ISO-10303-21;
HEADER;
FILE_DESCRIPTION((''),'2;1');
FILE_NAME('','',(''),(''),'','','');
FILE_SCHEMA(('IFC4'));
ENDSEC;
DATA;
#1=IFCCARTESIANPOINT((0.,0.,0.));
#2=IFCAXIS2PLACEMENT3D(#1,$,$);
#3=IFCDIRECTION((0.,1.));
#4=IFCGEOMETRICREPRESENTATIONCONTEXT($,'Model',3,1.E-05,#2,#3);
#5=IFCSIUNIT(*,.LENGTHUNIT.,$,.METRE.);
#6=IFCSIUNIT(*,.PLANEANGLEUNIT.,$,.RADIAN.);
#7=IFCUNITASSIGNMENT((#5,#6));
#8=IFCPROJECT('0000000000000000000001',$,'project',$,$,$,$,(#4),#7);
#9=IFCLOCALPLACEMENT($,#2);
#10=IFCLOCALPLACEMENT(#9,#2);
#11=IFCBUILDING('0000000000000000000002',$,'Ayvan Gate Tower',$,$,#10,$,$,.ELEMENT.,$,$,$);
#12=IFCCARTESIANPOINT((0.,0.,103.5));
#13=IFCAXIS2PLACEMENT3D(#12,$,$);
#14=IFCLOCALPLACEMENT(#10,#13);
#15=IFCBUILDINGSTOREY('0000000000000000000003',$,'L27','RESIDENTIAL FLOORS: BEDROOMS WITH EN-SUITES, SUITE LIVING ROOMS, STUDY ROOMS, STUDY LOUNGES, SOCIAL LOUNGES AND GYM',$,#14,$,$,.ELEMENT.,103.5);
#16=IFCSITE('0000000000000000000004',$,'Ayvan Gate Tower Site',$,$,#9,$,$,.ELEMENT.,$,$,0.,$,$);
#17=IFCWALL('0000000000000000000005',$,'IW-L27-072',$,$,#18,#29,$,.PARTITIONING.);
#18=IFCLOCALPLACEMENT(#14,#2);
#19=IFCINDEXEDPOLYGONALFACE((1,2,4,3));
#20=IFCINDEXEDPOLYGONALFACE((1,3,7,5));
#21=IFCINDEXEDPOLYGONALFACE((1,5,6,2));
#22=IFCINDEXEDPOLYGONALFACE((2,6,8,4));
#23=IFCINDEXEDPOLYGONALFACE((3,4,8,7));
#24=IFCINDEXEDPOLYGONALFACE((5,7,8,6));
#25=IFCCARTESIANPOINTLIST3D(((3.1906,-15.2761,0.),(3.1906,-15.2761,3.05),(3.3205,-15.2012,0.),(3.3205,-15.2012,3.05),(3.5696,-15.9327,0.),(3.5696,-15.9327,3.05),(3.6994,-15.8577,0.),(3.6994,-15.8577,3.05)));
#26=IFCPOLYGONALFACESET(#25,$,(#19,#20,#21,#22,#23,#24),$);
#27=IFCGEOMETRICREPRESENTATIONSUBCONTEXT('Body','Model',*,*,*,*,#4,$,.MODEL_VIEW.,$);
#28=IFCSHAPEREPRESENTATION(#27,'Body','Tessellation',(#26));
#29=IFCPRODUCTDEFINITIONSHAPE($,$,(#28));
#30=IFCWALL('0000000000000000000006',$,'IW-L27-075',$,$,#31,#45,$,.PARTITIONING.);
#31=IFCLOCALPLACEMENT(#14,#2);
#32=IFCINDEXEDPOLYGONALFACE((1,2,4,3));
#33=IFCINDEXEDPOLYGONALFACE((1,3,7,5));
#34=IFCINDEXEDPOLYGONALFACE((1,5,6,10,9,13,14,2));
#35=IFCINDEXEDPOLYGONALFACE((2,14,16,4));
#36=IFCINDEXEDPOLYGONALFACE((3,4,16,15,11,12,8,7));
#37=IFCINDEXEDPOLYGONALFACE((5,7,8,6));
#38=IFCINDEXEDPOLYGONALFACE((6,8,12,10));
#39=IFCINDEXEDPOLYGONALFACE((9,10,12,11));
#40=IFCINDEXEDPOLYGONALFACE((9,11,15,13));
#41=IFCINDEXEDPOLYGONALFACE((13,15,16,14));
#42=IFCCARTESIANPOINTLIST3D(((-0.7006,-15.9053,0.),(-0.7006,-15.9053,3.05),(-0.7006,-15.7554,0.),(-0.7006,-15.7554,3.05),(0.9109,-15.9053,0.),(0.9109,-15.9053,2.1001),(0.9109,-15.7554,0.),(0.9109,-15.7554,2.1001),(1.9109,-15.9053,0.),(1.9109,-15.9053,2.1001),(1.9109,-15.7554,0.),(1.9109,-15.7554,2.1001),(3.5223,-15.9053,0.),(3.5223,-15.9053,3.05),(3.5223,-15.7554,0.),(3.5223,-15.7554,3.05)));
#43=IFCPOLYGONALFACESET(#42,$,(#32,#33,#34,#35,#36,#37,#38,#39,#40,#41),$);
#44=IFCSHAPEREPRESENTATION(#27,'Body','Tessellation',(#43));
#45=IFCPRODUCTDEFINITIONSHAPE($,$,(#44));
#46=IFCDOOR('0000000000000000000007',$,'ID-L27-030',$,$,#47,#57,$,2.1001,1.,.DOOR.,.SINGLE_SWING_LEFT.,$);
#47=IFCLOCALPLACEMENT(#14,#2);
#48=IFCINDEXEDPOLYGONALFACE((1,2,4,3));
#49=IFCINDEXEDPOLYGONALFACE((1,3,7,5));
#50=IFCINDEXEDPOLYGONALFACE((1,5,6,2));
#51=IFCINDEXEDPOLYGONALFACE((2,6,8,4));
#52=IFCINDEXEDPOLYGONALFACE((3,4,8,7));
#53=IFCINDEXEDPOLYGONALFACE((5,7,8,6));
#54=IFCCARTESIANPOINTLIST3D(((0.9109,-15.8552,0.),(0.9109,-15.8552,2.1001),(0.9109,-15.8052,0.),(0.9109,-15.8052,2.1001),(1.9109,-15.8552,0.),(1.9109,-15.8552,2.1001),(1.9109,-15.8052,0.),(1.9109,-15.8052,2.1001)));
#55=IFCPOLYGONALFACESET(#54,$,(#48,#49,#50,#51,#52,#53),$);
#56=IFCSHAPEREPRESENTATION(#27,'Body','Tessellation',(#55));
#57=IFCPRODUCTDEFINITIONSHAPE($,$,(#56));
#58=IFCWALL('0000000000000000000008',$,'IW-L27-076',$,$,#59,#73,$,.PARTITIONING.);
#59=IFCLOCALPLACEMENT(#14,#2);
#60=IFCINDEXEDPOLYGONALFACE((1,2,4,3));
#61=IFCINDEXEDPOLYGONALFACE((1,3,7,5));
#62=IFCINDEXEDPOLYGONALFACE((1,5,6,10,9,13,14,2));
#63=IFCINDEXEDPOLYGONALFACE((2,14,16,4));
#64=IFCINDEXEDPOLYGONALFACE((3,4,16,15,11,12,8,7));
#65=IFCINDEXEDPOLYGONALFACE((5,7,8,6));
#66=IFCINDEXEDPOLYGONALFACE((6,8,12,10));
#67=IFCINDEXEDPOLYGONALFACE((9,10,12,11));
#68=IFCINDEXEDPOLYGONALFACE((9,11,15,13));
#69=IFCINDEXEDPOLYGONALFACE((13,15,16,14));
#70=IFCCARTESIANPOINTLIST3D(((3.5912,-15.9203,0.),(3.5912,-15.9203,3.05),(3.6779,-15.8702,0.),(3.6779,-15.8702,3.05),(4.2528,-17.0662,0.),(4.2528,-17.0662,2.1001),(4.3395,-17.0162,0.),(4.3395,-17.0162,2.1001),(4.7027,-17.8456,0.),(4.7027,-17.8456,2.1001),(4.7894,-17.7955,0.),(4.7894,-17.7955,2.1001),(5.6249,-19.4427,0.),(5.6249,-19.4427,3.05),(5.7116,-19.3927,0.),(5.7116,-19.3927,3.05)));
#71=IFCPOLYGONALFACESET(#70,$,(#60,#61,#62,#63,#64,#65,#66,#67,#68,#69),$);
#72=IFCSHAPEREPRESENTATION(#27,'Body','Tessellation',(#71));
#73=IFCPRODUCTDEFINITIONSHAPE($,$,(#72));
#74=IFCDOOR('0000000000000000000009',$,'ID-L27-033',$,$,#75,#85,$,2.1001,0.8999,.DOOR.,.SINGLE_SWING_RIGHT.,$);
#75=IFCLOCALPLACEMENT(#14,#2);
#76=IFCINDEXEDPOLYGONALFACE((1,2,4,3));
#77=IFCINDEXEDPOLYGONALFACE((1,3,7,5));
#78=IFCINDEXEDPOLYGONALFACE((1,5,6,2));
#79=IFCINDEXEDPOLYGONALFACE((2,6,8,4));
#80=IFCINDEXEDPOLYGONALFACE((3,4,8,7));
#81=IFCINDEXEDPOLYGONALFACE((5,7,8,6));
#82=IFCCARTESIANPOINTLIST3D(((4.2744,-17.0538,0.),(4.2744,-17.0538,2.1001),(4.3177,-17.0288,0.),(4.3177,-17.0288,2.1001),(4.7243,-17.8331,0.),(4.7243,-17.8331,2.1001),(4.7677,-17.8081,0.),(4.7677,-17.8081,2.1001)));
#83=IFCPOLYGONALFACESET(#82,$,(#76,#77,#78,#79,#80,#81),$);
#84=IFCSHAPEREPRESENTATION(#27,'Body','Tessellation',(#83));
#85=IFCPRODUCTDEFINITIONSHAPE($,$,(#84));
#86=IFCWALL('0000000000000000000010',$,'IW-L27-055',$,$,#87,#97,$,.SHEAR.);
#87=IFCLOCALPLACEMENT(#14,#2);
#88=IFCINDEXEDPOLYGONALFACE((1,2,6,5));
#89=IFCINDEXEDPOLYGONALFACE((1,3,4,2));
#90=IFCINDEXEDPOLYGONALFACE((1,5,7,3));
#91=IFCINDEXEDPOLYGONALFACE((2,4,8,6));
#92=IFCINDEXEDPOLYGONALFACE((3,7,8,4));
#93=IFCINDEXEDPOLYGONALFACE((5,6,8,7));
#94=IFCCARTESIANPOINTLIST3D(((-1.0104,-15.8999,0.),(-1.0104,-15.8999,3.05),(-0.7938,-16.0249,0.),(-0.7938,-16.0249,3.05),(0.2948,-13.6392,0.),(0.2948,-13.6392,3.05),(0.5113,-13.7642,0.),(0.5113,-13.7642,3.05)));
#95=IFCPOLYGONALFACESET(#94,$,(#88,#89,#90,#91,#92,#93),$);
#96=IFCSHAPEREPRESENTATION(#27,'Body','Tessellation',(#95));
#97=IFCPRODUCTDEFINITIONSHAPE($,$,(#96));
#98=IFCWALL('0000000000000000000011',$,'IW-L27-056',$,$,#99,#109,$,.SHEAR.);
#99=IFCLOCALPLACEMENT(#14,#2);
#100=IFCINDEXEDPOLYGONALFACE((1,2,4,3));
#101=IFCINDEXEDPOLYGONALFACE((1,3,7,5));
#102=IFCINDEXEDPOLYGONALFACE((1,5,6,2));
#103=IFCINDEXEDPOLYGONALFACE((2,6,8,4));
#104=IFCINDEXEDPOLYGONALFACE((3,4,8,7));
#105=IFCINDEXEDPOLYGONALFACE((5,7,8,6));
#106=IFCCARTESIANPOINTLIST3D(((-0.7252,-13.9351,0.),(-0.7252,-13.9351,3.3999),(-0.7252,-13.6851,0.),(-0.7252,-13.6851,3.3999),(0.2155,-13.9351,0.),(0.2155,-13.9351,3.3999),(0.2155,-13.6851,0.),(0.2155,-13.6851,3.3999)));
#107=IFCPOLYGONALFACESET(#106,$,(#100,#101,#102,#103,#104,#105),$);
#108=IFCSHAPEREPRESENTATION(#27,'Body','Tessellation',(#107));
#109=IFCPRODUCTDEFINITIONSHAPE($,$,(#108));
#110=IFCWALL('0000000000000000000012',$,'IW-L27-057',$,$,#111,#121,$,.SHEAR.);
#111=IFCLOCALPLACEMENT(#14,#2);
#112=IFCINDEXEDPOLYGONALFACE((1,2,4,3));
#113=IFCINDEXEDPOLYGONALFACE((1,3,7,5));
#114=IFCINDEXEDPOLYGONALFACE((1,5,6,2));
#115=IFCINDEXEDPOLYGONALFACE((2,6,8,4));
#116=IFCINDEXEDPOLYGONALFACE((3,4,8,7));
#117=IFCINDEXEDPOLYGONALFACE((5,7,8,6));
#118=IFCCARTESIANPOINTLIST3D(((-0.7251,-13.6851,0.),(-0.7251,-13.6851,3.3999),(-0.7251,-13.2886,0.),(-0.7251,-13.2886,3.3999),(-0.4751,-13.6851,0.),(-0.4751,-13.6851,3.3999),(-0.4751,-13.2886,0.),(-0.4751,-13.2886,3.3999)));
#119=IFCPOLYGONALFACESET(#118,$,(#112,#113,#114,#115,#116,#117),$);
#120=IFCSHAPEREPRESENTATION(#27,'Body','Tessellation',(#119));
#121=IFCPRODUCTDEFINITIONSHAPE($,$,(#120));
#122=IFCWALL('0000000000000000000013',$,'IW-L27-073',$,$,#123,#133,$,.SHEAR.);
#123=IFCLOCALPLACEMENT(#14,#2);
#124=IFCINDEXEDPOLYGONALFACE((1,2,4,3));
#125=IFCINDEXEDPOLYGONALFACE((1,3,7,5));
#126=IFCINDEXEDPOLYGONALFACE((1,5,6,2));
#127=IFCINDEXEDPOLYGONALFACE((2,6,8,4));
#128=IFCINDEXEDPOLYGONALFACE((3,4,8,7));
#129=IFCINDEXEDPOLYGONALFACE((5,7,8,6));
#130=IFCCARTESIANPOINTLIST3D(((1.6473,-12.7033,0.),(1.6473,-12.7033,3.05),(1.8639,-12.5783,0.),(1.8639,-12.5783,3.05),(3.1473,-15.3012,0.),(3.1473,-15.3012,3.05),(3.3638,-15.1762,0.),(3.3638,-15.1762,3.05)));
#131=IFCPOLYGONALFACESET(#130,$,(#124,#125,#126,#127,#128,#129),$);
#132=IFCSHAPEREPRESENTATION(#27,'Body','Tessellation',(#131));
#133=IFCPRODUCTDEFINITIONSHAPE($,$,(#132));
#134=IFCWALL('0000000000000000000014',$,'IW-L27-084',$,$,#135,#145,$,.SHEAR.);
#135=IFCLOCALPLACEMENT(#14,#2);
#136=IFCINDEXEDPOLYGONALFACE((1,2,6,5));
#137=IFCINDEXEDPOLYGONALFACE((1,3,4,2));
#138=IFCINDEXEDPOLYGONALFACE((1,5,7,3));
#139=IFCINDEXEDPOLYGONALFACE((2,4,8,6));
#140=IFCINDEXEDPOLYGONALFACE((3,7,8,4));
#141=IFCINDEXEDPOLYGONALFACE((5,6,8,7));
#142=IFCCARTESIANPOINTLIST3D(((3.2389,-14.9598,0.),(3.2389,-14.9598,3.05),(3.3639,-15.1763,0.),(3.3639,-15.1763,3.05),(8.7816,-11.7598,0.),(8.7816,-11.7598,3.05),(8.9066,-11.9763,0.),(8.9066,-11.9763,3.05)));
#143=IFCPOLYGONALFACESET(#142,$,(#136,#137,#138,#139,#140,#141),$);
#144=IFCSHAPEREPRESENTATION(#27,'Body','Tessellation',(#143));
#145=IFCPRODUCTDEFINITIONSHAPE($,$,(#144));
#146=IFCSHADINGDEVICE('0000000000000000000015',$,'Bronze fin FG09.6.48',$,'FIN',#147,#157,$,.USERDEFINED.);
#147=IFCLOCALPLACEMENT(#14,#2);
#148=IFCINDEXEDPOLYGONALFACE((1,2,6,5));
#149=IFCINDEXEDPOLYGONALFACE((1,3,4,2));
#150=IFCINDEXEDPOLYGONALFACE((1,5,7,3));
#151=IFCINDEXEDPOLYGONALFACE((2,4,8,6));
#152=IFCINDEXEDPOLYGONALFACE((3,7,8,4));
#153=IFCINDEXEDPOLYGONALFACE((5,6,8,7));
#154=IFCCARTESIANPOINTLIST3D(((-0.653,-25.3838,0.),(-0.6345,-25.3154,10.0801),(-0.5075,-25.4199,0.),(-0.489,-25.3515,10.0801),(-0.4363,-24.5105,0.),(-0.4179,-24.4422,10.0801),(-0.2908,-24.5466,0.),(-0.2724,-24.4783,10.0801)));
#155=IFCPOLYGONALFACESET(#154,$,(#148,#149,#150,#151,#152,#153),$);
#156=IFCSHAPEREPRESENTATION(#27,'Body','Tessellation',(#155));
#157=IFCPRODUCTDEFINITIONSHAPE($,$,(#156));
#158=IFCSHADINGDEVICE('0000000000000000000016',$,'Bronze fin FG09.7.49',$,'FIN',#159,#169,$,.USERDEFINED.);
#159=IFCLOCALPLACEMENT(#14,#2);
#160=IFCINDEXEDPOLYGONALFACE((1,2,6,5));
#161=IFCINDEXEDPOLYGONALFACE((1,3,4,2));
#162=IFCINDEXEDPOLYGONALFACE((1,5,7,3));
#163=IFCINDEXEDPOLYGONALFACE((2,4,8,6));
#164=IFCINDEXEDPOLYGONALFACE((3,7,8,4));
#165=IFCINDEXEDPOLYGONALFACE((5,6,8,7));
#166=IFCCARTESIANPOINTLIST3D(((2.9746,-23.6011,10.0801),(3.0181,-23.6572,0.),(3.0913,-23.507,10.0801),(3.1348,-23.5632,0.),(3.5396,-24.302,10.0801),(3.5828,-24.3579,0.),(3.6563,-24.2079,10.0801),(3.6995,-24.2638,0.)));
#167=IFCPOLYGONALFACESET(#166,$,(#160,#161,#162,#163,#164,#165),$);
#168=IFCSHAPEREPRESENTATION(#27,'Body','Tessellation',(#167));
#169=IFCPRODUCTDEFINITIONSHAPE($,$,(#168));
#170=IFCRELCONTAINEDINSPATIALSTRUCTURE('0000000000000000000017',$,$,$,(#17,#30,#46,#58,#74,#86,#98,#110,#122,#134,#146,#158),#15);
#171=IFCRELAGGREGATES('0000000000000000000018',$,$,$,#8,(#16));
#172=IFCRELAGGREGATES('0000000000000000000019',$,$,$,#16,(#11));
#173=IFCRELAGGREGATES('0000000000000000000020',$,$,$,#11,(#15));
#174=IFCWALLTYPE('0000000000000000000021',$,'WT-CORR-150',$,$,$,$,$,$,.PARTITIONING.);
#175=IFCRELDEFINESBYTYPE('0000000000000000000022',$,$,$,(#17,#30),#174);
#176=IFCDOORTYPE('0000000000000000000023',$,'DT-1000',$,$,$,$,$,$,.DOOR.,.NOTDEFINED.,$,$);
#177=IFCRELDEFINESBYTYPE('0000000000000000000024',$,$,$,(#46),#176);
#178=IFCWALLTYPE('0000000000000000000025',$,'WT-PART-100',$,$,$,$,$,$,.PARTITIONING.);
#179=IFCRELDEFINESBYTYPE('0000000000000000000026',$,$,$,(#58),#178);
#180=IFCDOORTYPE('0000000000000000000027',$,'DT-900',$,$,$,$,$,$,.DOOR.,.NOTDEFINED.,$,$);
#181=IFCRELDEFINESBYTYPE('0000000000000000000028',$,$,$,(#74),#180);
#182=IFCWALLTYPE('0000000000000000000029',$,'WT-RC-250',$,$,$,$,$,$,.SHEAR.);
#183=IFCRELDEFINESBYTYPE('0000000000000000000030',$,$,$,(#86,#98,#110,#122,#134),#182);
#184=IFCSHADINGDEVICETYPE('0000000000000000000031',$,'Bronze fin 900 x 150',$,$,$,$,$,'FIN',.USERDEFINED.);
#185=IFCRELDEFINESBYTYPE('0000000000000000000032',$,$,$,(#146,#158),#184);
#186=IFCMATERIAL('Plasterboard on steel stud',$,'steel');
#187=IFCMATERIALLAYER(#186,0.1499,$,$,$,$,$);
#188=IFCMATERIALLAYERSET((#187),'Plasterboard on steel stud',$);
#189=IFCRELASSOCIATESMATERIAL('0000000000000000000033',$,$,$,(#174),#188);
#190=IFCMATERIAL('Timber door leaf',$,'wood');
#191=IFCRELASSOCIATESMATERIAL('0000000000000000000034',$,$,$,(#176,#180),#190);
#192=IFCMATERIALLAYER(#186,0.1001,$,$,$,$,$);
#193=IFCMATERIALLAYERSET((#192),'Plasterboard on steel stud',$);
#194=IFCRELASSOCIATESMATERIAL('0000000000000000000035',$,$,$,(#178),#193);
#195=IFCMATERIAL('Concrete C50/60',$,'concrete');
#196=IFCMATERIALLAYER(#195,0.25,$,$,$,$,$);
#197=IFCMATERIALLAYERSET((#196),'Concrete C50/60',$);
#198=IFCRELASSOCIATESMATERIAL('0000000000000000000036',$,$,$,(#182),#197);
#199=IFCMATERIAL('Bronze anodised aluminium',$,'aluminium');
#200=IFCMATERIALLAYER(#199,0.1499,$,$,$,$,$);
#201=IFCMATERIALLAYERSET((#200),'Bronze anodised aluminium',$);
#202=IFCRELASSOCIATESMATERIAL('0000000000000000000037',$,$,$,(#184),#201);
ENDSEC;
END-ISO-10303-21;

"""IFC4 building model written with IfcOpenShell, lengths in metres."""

from ifc_helpers import new_model, si_unit, direction, frame, frame_2d, origin, place, context, subcontext, project, spatial, polyline, rectangle, outline, extrude, material, layer, layer_set, type_object, element, fill, save


model = new_model("IFC4")

# Units and contexts
model_context = context("Model", 3, precision=1e-05, world=origin(), true_north=direction((0.0, 1.0)))
body_context = subcontext(model_context, "Body", "Model", "MODEL_VIEW")
ifc_project = project(units=[si_unit("LENGTHUNIT", "METRE"), si_unit("PLANEANGLEUNIT", "RADIAN")], contexts=[model_context])

# Site, building, storey
site_placement = place(None, origin())
site = spatial("IfcSite", under=ifc_project, at=site_placement, Name="Ayvan Gate Tower Site", CompositionType="ELEMENT", RefElevation=0.0)
building_placement = place(site_placement, origin())
building = spatial("IfcBuilding", under=site, at=building_placement, Name="Ayvan Gate Tower", CompositionType="ELEMENT")
storey_placement = place(building_placement, frame((0.0, 0.0, 103.5)))
storey = spatial("IfcBuildingStorey", under=building, at=storey_placement, Name="L27", Description="RESIDENTIAL FLOORS: BEDROOMS WITH EN-SUITES, SUITE LIVING ROOMS, STUDY ROOMS, STUDY LOUNGES, SOCIAL LOUNGES AND GYM", CompositionType="ELEMENT", Elevation=103.5)

# Shared definitions
ifc_material_1 = material(Name="Bronze anodised aluminium", Category="aluminium")

# Wall
ifc_material_2 = material(Name="Plasterboard on steel stud", Category="steel")
ifc_layer_1 = layer(ifc_material_2, 0.1499)
ifc_layer_set_1 = layer_set([ifc_layer_1], Name="Plasterboard on steel stud")
wall_type_1 = type_object("IfcWallType", Name="WT-CORR-150", PredefinedType="PARTITIONING", material=ifc_layer_set_1)
wall_1_placement = place(storey_placement, frame((3.2556, -15.2388, 0.0), z_axis=(0.0, 0.0, 1.0), x_axis=(0.49988, -0.866094, 0.0)))
element("IfcWall", 1, at=wall_1_placement, inside=storey, type_object=wall_type_1, Name="IW-L27-072", PredefinedType="PARTITIONING", context=body_context, shape_type="SweptSolid", body=[
    extrude(rectangle(XDim=0.7581, YDim=0.1499, at=frame_2d((0.3789, 0.0))), origin(), (0.0, 0.0, 1.0), 3.05),
])

# Walls, openings, doors
wall_2_placement = place(storey_placement, frame((3.5222, -15.8303, 0.0), z_axis=(0.0, 0.0, 1.0), x_axis=(-1.0, 0.0, 0.0)))
wall_2 = element("IfcWall", 2, at=wall_2_placement, inside=storey, type_object=wall_type_1, Name="IW-L27-075", PredefinedType="PARTITIONING", context=body_context, shape_type="SweptSolid", body=[
    extrude(rectangle(XDim=4.2229, YDim=0.1499, at=frame_2d((2.1113, 0.0))), origin(), (0.0, 0.0, 1.0), 3.05),
])
opening_1_placement = place(wall_2_placement, frame((1.6113, 0.0, 0.0)))
opening_1 = element("IfcOpeningElement", 3, at=opening_1_placement, cuts=wall_2, PredefinedType="OPENING", context=body_context, shape_type="SweptSolid", body=[
    extrude(rectangle(XDim=1.0, YDim=2.1001, at=frame_2d((0.5, 1.05))), frame((0.0, 0.085, 0.0), z_axis=(0.0, -1.0, 0.0), x_axis=(1.0, 0.0, 0.0)), (0.0, 0.0, 1.0), 0.1699),
])
ifc_material_3 = material(Name="Timber door leaf", Category="wood")
door_type_1 = type_object("IfcDoorType", Name="DT-1000", OperationType="NOTDEFINED", PredefinedType="DOOR", material=ifc_material_3)
door_1_placement = place(opening_1_placement, origin())
door_1 = element("IfcDoor", 4, at=door_1_placement, inside=storey, type_object=door_type_1, Name="ID-L27-030", OperationType="SINGLE_SWING_LEFT", OverallHeight=2.1001, OverallWidth=1.0, PredefinedType="DOOR", context=body_context, shape_type="SweptSolid", body=[
    extrude(rectangle(XDim=1.0, YDim=2.1001, at=frame_2d((0.5, 1.05))), frame((0.0, 0.0249, 0.0), z_axis=(0.0, -1.0, 0.0), x_axis=(1.0, 0.0, 0.0)), (0.0, 0.0, 1.0), 0.05),
])
fill(opening_1, door_1)
ifc_layer_2 = layer(ifc_material_2, 0.1001)
ifc_layer_set_2 = layer_set([ifc_layer_2], Name="Plasterboard on steel stud")
wall_type_2 = type_object("IfcWallType", Name="WT-PART-100", PredefinedType="PARTITIONING", material=ifc_layer_set_2)
wall_3_placement = place(storey_placement, frame((3.6345, -15.8953, 0.0), z_axis=(0.0, 0.0, 1.0), x_axis=(0.5, -0.866026, 0.0)))
wall_3 = element("IfcWall", 5, at=wall_3_placement, inside=storey, type_object=wall_type_2, Name="IW-L27-076", PredefinedType="PARTITIONING", context=body_context, shape_type="SweptSolid", body=[
    extrude(rectangle(XDim=4.0674, YDim=0.1001, at=frame_2d((2.0337, 0.0))), origin(), (0.0, 0.0, 1.0), 3.05),
])
opening_2_placement = place(wall_3_placement, frame((1.3232, 0.0, 0.0)))
opening_2 = element("IfcOpeningElement", 6, at=opening_2_placement, cuts=wall_3, PredefinedType="OPENING", context=body_context, shape_type="SweptSolid", body=[
    extrude(rectangle(XDim=0.8999, YDim=2.1001, at=frame_2d((0.45, 1.05))), frame((0.0, 0.0601, 0.0), z_axis=(0.0, -1.0, 0.0), x_axis=(1.0, 0.0, 0.0)), (0.0, 0.0, 1.0), 0.1201),
])
door_type_2 = type_object("IfcDoorType", Name="DT-900", OperationType="NOTDEFINED", PredefinedType="DOOR", material=ifc_material_3)
door_2_placement = place(opening_2_placement, origin())
door_2 = element("IfcDoor", 7, at=door_2_placement, inside=storey, type_object=door_type_2, Name="ID-L27-033", OperationType="SINGLE_SWING_RIGHT", OverallHeight=2.1001, OverallWidth=0.8999, PredefinedType="DOOR", context=body_context, shape_type="SweptSolid", body=[
    extrude(rectangle(XDim=0.8999, YDim=2.1001, at=frame_2d((0.45, 1.05))), frame((0.0, 0.0249, 0.0), z_axis=(0.0, -1.0, 0.0), x_axis=(1.0, 0.0, 0.0)), (0.0, 0.0, 1.0), 0.05),
])
fill(opening_2, door_2)

# Walls
ifc_material_4 = material(Name="Concrete C50/60", Category="concrete")
ifc_layer_3 = layer(ifc_material_4, 0.25)
ifc_layer_set_3 = layer_set([ifc_layer_3], Name="Concrete C50/60")
wall_type_3 = type_object("IfcWallType", Name="WT-RC-250", PredefinedType="SHEAR", material=ifc_layer_set_3)
wall_4_placement = place(storey_placement, frame((-0.9021, -15.9624, 0.0), z_axis=(0.0, 0.0, 1.0), x_axis=(0.499982, 0.866036, 0.0)))
element("IfcWall", 8, at=wall_4_placement, inside=storey, type_object=wall_type_3, Name="IW-L27-055", PredefinedType="SHEAR", context=body_context, shape_type="SweptSolid", body=[
    extrude(rectangle(XDim=2.6104, YDim=0.25, at=frame_2d((1.3052, 0.0))), origin(), (0.0, 0.0, 1.0), 3.05),
])
wall_5_placement = place(storey_placement, frame((-0.7251, -13.8101, 0.0), z_axis=(0.0, 0.0, 1.0), x_axis=(1.0, 0.0, 0.0)))
element("IfcWall", 9, at=wall_5_placement, inside=storey, type_object=wall_type_3, Name="IW-L27-056", PredefinedType="SHEAR", context=body_context, shape_type="SweptSolid", body=[
    extrude(rectangle(XDim=0.9407, YDim=0.25, at=frame_2d((0.4702, 0.0))), origin(), (0.0, 0.0, 1.0), 3.3999),
])
wall_6_placement = place(storey_placement, frame((-0.6001, -13.2886, 0.0), z_axis=(0.0, 0.0, 1.0), x_axis=(0.0, -1.0, 0.0)))
element("IfcWall", 10, at=wall_6_placement, inside=storey, type_object=wall_type_3, Name="IW-L27-057", PredefinedType="SHEAR", context=body_context, shape_type="SweptSolid", body=[
    extrude(rectangle(XDim=0.3965, YDim=0.25, at=frame_2d((0.1982, 0.0))), origin(), (0.0, 0.0, 1.0), 3.3999),
])
wall_7_placement = place(storey_placement, frame((3.2556, -15.2388, 0.0), z_axis=(0.0, 0.0, 1.0), x_axis=(-0.500025, 0.866011, 0.0)))
element("IfcWall", 11, at=wall_7_placement, inside=storey, type_object=wall_type_3, Name="IW-L27-073", PredefinedType="SHEAR", context=body_context, shape_type="SweptSolid", body=[
    extrude(rectangle(XDim=2.9998, YDim=0.25, at=frame_2d((1.5, 0.0))), origin(), (0.0, 0.0, 1.0), 3.05),
])
wall_8_placement = place(storey_placement, frame((3.3013, -15.0681, 0.0), z_axis=(0.0, 0.0, 1.0), x_axis=(0.866035, 0.499983, 0.0)))
element("IfcWall", 12, at=wall_8_placement, inside=storey, type_object=wall_type_3, Name="IW-L27-084", PredefinedType="SHEAR", context=body_context, shape_type="SweptSolid", body=[
    extrude(rectangle(XDim=6.4001, YDim=0.25, at=frame_2d((3.2002, 0.0))), origin(), (0.0, 0.0, 1.0), 3.05),
])

# Shading devices
ifc_layer_4 = layer(ifc_material_1, 0.1499)
ifc_layer_set_4 = layer_set([ifc_layer_4], Name="Bronze anodised aluminium")
shading_device_type = type_object("IfcShadingDeviceType", Name="Bronze fin 900 x 150", ElementType="FIN", PredefinedType="USERDEFINED", material=ifc_layer_set_4)
shading_device_1_placement = place(storey_placement, frame((-0.4363, -24.5105, 0.0), z_axis=(-0.970572, 0.240811, 0.000142), x_axis=(-0.240811, -0.970572, 0.0)))
element("IfcShadingDevice", 13, at=shading_device_1_placement, inside=storey, type_object=shading_device_type, Name="Bronze fin FG09.6.48", ObjectType="FIN", PredefinedType="USERDEFINED", context=body_context, shape_type="SweptSolid", body=[
    extrude(outline(polyline([(0.0, 0.0), (0.8998, 0.0), (0.829, 10.0801), (-0.0708, 10.0801), (0.0, 0.0)])), origin(), (0.0, 0.0, -1.0), 0.1499),
])
shading_device_2_placement = place(storey_placement, frame((3.0181, -23.6572, 0.0), z_axis=(-0.778601, -0.627519, 0.000141), x_axis=(0.627519, -0.778601, 0.0)))
element("IfcShadingDevice", 14, at=shading_device_2_placement, inside=storey, type_object=shading_device_type, Name="Bronze fin FG09.7.49", ObjectType="FIN", PredefinedType="USERDEFINED", context=body_context, shape_type="SweptSolid", body=[
    extrude(outline(polyline([(0.0, 0.0), (0.8999, 0.0), (0.8293, 10.0801), (-0.071, 10.0801), (0.0, 0.0)])), origin(), (0.0, 0.0, -1.0), 0.1499),
])

save(model, "model.ifc")
